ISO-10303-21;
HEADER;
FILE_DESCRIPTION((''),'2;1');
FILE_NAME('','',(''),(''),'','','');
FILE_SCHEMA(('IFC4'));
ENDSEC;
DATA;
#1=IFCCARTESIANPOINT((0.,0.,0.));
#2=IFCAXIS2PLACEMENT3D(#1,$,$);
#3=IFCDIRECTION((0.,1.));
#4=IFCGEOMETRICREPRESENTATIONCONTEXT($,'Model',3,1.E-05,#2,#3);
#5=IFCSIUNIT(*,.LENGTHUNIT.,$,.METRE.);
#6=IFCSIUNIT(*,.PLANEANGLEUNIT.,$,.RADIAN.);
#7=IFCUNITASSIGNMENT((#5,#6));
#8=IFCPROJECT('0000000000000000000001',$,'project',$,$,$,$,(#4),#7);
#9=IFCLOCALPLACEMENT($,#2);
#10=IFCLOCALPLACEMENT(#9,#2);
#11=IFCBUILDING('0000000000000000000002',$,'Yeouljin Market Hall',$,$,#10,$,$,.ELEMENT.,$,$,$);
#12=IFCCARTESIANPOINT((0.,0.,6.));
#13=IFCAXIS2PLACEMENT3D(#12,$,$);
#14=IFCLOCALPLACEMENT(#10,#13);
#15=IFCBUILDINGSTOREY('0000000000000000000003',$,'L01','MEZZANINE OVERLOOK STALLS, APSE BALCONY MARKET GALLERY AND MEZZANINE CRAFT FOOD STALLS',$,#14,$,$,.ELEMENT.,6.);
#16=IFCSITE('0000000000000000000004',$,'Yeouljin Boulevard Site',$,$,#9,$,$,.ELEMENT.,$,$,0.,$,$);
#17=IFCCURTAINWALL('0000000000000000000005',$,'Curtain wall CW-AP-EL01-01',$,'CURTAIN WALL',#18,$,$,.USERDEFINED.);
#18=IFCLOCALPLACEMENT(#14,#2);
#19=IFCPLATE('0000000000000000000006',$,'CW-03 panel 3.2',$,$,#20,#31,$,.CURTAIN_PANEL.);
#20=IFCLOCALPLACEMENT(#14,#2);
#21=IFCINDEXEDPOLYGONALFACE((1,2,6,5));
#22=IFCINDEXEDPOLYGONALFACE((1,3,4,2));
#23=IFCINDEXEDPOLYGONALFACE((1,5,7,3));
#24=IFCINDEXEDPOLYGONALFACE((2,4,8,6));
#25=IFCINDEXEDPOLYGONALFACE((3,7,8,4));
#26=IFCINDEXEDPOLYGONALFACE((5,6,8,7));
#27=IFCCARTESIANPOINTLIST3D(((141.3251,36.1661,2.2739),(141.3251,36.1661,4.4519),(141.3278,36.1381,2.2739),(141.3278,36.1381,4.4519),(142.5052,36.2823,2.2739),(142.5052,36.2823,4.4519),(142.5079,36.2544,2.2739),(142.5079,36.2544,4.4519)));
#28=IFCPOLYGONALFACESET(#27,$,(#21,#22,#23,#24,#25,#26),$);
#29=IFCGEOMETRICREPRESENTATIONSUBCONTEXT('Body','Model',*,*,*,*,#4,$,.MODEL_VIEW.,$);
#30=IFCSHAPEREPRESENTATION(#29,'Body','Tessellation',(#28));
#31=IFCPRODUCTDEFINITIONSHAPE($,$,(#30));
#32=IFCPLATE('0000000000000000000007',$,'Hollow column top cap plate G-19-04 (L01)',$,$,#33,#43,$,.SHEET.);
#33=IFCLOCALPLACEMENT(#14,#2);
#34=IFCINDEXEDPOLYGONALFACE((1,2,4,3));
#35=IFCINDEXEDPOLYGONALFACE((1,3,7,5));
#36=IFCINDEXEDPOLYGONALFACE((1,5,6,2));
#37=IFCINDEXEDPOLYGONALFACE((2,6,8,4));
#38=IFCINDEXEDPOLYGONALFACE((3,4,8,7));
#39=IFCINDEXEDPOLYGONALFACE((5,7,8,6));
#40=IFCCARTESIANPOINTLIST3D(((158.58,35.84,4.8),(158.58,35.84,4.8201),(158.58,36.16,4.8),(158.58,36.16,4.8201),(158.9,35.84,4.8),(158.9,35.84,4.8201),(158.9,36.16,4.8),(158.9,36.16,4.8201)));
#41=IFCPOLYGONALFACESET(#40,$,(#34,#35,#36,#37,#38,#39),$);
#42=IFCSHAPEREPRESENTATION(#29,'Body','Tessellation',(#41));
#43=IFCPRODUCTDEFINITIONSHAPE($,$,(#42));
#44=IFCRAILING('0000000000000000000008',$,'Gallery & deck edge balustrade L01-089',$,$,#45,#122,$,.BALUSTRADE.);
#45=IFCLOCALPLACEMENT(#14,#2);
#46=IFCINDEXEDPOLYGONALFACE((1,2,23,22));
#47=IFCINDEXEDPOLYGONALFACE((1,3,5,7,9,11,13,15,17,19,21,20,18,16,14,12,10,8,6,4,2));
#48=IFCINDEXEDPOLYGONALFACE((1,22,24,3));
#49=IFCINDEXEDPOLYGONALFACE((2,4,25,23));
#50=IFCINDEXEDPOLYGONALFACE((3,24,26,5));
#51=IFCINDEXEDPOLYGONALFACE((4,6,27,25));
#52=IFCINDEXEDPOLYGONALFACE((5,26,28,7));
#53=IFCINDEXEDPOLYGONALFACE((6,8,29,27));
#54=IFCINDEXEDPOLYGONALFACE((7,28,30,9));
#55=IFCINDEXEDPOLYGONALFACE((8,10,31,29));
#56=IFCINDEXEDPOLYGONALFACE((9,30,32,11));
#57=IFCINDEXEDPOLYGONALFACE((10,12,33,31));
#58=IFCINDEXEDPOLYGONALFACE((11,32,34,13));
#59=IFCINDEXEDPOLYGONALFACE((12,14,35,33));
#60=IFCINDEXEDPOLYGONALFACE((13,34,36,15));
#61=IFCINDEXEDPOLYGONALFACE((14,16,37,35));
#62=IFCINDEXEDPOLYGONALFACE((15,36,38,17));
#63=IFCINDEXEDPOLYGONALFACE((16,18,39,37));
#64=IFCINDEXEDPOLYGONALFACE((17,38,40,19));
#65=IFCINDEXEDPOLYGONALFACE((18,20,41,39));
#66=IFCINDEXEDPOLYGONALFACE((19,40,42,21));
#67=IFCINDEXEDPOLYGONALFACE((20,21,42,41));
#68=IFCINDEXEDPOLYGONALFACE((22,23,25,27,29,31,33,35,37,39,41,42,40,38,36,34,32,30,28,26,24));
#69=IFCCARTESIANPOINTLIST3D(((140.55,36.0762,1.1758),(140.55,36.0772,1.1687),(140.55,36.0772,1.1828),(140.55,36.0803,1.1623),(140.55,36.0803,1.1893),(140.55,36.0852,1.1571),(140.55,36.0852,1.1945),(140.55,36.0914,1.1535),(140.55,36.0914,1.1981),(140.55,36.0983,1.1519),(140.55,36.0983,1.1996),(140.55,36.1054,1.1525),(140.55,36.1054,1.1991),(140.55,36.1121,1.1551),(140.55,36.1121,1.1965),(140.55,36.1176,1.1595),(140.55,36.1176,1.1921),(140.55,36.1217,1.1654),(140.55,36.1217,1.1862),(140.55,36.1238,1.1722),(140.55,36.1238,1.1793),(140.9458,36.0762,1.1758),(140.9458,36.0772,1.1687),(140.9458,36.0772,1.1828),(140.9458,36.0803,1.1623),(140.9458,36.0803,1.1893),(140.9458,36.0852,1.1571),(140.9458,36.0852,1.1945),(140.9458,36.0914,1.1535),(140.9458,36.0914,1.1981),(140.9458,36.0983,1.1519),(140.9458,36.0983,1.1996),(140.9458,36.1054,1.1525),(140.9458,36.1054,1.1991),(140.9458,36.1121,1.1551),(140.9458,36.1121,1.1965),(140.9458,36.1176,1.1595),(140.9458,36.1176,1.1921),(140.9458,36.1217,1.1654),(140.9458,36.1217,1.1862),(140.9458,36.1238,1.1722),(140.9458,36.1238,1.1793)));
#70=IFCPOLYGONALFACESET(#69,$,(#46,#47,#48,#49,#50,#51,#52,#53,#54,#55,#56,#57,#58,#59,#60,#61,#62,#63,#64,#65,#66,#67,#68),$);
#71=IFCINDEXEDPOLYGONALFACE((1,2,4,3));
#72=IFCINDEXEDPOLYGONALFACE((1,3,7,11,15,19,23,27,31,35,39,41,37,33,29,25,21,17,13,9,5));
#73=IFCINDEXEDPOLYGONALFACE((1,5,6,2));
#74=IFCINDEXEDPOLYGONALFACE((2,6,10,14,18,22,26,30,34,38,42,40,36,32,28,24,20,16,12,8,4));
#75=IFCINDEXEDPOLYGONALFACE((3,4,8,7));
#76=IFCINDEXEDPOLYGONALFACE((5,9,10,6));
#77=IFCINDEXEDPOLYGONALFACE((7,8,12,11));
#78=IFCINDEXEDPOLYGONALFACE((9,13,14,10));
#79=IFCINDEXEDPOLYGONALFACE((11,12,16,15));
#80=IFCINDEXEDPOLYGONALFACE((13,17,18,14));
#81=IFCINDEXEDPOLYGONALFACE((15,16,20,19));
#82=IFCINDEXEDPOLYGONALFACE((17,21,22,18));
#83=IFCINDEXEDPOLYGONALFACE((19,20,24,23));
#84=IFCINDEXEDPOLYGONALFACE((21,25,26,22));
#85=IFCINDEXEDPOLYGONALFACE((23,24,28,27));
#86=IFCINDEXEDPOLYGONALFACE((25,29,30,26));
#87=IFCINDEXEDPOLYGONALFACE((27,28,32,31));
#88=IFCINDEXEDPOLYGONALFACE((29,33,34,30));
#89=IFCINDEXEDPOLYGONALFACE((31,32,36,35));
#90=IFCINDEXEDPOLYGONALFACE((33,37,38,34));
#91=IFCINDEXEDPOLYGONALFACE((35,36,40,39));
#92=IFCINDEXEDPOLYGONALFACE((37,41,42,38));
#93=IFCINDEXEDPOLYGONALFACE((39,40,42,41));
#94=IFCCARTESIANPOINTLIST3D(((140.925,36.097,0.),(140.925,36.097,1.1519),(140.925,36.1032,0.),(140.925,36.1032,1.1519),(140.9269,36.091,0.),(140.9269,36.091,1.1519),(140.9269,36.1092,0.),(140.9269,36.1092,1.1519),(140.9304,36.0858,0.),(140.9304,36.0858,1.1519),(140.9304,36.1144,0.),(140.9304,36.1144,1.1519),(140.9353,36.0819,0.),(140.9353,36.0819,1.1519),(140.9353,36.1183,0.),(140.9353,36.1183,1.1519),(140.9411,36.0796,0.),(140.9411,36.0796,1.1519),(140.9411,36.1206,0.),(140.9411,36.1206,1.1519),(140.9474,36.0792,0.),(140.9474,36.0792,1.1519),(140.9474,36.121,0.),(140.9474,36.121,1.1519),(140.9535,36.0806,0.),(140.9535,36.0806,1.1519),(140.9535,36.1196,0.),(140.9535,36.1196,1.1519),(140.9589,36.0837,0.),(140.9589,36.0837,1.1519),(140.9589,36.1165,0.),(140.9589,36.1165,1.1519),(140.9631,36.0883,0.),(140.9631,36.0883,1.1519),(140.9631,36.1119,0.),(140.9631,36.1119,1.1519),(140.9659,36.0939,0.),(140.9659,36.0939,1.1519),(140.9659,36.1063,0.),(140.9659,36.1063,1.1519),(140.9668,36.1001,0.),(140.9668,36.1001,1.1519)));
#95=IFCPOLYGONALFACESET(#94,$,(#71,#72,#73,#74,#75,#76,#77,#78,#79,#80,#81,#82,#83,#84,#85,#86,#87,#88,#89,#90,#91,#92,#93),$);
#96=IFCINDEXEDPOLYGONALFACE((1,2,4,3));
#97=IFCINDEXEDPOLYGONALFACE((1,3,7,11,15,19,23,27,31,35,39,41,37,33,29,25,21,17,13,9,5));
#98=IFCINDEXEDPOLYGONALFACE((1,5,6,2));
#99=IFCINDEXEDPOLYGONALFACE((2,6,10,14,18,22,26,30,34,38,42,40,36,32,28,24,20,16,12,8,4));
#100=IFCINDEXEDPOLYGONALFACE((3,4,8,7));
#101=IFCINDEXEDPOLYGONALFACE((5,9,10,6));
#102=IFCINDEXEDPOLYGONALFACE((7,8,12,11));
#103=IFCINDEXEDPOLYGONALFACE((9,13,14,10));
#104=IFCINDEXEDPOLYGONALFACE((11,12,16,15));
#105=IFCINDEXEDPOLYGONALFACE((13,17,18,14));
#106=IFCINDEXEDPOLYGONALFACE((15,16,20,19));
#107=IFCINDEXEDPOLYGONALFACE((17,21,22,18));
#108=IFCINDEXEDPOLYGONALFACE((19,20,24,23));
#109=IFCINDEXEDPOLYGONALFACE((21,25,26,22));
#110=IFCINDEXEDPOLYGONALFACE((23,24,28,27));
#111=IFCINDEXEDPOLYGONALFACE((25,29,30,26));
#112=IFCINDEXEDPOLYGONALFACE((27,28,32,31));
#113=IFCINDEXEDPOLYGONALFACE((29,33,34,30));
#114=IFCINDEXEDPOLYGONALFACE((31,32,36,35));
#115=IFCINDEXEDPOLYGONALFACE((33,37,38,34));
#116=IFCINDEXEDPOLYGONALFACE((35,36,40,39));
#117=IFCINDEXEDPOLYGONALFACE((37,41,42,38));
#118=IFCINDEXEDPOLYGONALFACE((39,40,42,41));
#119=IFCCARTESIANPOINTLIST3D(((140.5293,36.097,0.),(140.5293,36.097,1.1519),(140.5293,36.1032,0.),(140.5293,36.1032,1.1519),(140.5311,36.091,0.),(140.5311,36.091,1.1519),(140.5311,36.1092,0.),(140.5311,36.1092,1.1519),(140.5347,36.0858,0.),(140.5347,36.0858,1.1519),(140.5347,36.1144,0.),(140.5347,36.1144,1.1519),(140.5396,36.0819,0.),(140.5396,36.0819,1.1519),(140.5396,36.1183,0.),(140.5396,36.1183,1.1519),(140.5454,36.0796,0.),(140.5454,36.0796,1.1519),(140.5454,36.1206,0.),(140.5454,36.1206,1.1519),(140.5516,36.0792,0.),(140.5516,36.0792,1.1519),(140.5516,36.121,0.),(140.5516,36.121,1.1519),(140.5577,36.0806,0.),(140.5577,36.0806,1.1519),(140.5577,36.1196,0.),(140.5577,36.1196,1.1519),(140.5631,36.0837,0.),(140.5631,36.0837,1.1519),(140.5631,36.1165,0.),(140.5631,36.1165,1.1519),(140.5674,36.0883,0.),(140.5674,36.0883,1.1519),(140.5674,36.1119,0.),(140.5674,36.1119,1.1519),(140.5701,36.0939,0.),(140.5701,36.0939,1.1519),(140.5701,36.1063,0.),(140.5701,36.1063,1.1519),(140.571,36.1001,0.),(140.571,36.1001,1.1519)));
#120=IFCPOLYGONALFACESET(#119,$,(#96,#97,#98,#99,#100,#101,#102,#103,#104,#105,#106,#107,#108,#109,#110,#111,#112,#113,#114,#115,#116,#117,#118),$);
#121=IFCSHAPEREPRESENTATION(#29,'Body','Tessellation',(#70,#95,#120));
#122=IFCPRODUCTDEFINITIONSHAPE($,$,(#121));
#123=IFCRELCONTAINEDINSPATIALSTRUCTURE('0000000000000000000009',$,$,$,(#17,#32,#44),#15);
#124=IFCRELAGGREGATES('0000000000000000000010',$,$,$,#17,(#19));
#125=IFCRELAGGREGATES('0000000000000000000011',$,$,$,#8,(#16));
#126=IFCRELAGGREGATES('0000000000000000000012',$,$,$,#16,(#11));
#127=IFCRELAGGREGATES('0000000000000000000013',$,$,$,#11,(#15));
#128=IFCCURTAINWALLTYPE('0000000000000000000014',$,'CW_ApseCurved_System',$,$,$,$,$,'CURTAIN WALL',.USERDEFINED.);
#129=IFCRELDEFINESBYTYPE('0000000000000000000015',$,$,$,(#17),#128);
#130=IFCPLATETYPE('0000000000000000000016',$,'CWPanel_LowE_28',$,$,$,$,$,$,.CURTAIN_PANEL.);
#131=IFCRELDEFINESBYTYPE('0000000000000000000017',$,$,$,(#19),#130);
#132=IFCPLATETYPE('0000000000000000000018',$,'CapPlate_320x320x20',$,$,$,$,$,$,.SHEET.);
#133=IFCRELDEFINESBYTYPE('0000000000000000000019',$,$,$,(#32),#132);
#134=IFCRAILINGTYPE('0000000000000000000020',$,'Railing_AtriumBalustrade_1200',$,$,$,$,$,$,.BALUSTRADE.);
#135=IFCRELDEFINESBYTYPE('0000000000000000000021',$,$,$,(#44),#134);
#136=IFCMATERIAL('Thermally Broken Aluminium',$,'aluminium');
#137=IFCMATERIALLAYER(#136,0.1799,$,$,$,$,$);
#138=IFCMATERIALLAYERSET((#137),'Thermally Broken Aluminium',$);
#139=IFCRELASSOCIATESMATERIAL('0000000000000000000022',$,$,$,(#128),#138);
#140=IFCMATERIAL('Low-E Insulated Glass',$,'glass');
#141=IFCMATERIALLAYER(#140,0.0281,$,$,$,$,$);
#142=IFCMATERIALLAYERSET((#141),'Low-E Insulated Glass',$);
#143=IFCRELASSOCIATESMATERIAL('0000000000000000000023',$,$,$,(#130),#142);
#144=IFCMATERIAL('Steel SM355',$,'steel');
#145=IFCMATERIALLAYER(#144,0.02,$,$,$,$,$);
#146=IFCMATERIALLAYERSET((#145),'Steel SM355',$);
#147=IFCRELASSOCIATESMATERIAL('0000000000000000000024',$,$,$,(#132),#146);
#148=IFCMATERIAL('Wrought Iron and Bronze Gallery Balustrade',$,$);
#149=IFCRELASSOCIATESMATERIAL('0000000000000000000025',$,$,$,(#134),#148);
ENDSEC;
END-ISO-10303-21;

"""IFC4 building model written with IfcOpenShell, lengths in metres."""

from ifc_helpers import new_model, si_unit, direction, frame, origin, origin_2d, place, context, subcontext, project, spatial, rectangle, circle, extrude, material, layer, layer_set, type_object, element, aggregate, save


model = new_model("IFC4")

# Units and contexts
model_context = context("Model", 3, precision=1e-05, world=origin(), true_north=direction((0.0, 1.0)))
body_context = subcontext(model_context, "Body", "Model", "MODEL_VIEW")
ifc_project = project(units=[si_unit("LENGTHUNIT", "METRE"), si_unit("PLANEANGLEUNIT", "RADIAN")], contexts=[model_context])

# Site, building, storey
site_placement = place(None, origin())
site = spatial("IfcSite", under=ifc_project, at=site_placement, Name="Yeouljin Boulevard Site", CompositionType="ELEMENT", RefElevation=0.0)
building_placement = place(site_placement, origin())
building = spatial("IfcBuilding", under=site, at=building_placement, Name="Yeouljin Market Hall", CompositionType="ELEMENT")
storey_placement = place(building_placement, frame((0.0, 0.0, 6.0)))
storey = spatial("IfcBuildingStorey", under=building, at=storey_placement, Name="L01", Description="MEZZANINE OVERLOOK STALLS, APSE BALCONY MARKET GALLERY AND MEZZANINE CRAFT FOOD STALLS", CompositionType="ELEMENT", Elevation=6.0)

# Curtain wall
ifc_material_1 = material(Name="Thermally Broken Aluminium", Category="aluminium")
ifc_layer_1 = layer(ifc_material_1, 0.1799)
ifc_layer_set_1 = layer_set([ifc_layer_1], Name="Thermally Broken Aluminium")
curtain_wall_type = type_object("IfcCurtainWallType", Name="CW_ApseCurved_System", ElementType="CURTAIN WALL", PredefinedType="USERDEFINED", material=ifc_layer_set_1)
curtain_wall_placement = place(storey_placement, origin())
curtain_wall = element("IfcCurtainWall", 1, at=curtain_wall_placement, inside=storey, type_object=curtain_wall_type, Name="Curtain wall CW-AP-EL01-01", ObjectType="CURTAIN WALL", PredefinedType="USERDEFINED")

# Plates
ifc_material_2 = material(Name="Low-E Insulated Glass", Category="glass")
ifc_layer_2 = layer(ifc_material_2, 0.0281)
ifc_layer_set_2 = layer_set([ifc_layer_2], Name="Low-E Insulated Glass")
plate_type_1 = type_object("IfcPlateType", Name="CWPanel_LowE_28", PredefinedType="CURTAIN_PANEL", material=ifc_layer_set_2)
plate_1_placement = place(storey_placement, frame((141.9165, 36.2102, 2.2739), z_axis=(0.0, 0.0, 1.0), x_axis=(-0.995183, -0.098034, 0.0)))
plate_1 = element("IfcPlate", 2, at=plate_1_placement, type_object=plate_type_1, Name="CW-03 panel 3.2", PredefinedType="CURTAIN_PANEL", context=body_context, shape_type="SweptSolid", body=[
    extrude(rectangle(XDim=1.1858, YDim=0.0281, at=origin_2d()), origin(), (0.0, 0.0, 1.0), 2.178),
])
aggregate(curtain_wall, [plate_1])
ifc_material_3 = material(Name="Steel SM355", Category="steel")
ifc_layer_3 = layer(ifc_material_3, 0.02)
ifc_layer_set_3 = layer_set([ifc_layer_3], Name="Steel SM355")
plate_type_2 = type_object("IfcPlateType", Name="CapPlate_320x320x20", PredefinedType="SHEET", material=ifc_layer_set_3)
plate_2_placement = place(storey_placement, frame((158.74, 36.0, 4.8), z_axis=(0.0, 0.0, 1.0), x_axis=(1.0, 0.0, 0.0)))
element("IfcPlate", 3, at=plate_2_placement, inside=storey, type_object=plate_type_2, Name="Hollow column top cap plate G-19-04 (L01)", PredefinedType="SHEET", context=body_context, shape_type="SweptSolid", body=[
    extrude(rectangle(XDim=0.3201, YDim=0.3201, at=origin_2d()), origin(), (0.0, 0.0, 1.0), 0.02),
])

# Railing
ifc_material_4 = material(Name="Wrought Iron and Bronze Gallery Balustrade")
railing_type = type_object("IfcRailingType", Name="Railing_AtriumBalustrade_1200", PredefinedType="BALUSTRADE", material=ifc_material_4)
railing_1_placement = place(storey_placement, frame((140.9458, 36.1001, 0.0)))
element("IfcRailing", 4, at=railing_1_placement, inside=storey, type_object=railing_type, Name="Gallery & deck edge balustrade L01-089", PredefinedType="BALUSTRADE", context=body_context, shape_type="SweptSolid", body=[
    extrude(circle(Radius=0.0239, at=origin_2d()), frame((0.0, 0.0, 1.1758), z_axis=(-1.0, 0.0, 0.0), x_axis=(0.0, -1.0, 0.0)), (0.0, 0.0, 1.0), 0.3958),
    extrude(circle(Radius=0.021, at=origin_2d()), origin(), (0.0, 0.0, 1.0), 1.1519),
    extrude(circle(Radius=0.021, at=origin_2d()), frame((-0.3958, 0.0, 0.0)), (0.0, 0.0, 1.0), 1.1519),
])

save(model, "model.ifc")
